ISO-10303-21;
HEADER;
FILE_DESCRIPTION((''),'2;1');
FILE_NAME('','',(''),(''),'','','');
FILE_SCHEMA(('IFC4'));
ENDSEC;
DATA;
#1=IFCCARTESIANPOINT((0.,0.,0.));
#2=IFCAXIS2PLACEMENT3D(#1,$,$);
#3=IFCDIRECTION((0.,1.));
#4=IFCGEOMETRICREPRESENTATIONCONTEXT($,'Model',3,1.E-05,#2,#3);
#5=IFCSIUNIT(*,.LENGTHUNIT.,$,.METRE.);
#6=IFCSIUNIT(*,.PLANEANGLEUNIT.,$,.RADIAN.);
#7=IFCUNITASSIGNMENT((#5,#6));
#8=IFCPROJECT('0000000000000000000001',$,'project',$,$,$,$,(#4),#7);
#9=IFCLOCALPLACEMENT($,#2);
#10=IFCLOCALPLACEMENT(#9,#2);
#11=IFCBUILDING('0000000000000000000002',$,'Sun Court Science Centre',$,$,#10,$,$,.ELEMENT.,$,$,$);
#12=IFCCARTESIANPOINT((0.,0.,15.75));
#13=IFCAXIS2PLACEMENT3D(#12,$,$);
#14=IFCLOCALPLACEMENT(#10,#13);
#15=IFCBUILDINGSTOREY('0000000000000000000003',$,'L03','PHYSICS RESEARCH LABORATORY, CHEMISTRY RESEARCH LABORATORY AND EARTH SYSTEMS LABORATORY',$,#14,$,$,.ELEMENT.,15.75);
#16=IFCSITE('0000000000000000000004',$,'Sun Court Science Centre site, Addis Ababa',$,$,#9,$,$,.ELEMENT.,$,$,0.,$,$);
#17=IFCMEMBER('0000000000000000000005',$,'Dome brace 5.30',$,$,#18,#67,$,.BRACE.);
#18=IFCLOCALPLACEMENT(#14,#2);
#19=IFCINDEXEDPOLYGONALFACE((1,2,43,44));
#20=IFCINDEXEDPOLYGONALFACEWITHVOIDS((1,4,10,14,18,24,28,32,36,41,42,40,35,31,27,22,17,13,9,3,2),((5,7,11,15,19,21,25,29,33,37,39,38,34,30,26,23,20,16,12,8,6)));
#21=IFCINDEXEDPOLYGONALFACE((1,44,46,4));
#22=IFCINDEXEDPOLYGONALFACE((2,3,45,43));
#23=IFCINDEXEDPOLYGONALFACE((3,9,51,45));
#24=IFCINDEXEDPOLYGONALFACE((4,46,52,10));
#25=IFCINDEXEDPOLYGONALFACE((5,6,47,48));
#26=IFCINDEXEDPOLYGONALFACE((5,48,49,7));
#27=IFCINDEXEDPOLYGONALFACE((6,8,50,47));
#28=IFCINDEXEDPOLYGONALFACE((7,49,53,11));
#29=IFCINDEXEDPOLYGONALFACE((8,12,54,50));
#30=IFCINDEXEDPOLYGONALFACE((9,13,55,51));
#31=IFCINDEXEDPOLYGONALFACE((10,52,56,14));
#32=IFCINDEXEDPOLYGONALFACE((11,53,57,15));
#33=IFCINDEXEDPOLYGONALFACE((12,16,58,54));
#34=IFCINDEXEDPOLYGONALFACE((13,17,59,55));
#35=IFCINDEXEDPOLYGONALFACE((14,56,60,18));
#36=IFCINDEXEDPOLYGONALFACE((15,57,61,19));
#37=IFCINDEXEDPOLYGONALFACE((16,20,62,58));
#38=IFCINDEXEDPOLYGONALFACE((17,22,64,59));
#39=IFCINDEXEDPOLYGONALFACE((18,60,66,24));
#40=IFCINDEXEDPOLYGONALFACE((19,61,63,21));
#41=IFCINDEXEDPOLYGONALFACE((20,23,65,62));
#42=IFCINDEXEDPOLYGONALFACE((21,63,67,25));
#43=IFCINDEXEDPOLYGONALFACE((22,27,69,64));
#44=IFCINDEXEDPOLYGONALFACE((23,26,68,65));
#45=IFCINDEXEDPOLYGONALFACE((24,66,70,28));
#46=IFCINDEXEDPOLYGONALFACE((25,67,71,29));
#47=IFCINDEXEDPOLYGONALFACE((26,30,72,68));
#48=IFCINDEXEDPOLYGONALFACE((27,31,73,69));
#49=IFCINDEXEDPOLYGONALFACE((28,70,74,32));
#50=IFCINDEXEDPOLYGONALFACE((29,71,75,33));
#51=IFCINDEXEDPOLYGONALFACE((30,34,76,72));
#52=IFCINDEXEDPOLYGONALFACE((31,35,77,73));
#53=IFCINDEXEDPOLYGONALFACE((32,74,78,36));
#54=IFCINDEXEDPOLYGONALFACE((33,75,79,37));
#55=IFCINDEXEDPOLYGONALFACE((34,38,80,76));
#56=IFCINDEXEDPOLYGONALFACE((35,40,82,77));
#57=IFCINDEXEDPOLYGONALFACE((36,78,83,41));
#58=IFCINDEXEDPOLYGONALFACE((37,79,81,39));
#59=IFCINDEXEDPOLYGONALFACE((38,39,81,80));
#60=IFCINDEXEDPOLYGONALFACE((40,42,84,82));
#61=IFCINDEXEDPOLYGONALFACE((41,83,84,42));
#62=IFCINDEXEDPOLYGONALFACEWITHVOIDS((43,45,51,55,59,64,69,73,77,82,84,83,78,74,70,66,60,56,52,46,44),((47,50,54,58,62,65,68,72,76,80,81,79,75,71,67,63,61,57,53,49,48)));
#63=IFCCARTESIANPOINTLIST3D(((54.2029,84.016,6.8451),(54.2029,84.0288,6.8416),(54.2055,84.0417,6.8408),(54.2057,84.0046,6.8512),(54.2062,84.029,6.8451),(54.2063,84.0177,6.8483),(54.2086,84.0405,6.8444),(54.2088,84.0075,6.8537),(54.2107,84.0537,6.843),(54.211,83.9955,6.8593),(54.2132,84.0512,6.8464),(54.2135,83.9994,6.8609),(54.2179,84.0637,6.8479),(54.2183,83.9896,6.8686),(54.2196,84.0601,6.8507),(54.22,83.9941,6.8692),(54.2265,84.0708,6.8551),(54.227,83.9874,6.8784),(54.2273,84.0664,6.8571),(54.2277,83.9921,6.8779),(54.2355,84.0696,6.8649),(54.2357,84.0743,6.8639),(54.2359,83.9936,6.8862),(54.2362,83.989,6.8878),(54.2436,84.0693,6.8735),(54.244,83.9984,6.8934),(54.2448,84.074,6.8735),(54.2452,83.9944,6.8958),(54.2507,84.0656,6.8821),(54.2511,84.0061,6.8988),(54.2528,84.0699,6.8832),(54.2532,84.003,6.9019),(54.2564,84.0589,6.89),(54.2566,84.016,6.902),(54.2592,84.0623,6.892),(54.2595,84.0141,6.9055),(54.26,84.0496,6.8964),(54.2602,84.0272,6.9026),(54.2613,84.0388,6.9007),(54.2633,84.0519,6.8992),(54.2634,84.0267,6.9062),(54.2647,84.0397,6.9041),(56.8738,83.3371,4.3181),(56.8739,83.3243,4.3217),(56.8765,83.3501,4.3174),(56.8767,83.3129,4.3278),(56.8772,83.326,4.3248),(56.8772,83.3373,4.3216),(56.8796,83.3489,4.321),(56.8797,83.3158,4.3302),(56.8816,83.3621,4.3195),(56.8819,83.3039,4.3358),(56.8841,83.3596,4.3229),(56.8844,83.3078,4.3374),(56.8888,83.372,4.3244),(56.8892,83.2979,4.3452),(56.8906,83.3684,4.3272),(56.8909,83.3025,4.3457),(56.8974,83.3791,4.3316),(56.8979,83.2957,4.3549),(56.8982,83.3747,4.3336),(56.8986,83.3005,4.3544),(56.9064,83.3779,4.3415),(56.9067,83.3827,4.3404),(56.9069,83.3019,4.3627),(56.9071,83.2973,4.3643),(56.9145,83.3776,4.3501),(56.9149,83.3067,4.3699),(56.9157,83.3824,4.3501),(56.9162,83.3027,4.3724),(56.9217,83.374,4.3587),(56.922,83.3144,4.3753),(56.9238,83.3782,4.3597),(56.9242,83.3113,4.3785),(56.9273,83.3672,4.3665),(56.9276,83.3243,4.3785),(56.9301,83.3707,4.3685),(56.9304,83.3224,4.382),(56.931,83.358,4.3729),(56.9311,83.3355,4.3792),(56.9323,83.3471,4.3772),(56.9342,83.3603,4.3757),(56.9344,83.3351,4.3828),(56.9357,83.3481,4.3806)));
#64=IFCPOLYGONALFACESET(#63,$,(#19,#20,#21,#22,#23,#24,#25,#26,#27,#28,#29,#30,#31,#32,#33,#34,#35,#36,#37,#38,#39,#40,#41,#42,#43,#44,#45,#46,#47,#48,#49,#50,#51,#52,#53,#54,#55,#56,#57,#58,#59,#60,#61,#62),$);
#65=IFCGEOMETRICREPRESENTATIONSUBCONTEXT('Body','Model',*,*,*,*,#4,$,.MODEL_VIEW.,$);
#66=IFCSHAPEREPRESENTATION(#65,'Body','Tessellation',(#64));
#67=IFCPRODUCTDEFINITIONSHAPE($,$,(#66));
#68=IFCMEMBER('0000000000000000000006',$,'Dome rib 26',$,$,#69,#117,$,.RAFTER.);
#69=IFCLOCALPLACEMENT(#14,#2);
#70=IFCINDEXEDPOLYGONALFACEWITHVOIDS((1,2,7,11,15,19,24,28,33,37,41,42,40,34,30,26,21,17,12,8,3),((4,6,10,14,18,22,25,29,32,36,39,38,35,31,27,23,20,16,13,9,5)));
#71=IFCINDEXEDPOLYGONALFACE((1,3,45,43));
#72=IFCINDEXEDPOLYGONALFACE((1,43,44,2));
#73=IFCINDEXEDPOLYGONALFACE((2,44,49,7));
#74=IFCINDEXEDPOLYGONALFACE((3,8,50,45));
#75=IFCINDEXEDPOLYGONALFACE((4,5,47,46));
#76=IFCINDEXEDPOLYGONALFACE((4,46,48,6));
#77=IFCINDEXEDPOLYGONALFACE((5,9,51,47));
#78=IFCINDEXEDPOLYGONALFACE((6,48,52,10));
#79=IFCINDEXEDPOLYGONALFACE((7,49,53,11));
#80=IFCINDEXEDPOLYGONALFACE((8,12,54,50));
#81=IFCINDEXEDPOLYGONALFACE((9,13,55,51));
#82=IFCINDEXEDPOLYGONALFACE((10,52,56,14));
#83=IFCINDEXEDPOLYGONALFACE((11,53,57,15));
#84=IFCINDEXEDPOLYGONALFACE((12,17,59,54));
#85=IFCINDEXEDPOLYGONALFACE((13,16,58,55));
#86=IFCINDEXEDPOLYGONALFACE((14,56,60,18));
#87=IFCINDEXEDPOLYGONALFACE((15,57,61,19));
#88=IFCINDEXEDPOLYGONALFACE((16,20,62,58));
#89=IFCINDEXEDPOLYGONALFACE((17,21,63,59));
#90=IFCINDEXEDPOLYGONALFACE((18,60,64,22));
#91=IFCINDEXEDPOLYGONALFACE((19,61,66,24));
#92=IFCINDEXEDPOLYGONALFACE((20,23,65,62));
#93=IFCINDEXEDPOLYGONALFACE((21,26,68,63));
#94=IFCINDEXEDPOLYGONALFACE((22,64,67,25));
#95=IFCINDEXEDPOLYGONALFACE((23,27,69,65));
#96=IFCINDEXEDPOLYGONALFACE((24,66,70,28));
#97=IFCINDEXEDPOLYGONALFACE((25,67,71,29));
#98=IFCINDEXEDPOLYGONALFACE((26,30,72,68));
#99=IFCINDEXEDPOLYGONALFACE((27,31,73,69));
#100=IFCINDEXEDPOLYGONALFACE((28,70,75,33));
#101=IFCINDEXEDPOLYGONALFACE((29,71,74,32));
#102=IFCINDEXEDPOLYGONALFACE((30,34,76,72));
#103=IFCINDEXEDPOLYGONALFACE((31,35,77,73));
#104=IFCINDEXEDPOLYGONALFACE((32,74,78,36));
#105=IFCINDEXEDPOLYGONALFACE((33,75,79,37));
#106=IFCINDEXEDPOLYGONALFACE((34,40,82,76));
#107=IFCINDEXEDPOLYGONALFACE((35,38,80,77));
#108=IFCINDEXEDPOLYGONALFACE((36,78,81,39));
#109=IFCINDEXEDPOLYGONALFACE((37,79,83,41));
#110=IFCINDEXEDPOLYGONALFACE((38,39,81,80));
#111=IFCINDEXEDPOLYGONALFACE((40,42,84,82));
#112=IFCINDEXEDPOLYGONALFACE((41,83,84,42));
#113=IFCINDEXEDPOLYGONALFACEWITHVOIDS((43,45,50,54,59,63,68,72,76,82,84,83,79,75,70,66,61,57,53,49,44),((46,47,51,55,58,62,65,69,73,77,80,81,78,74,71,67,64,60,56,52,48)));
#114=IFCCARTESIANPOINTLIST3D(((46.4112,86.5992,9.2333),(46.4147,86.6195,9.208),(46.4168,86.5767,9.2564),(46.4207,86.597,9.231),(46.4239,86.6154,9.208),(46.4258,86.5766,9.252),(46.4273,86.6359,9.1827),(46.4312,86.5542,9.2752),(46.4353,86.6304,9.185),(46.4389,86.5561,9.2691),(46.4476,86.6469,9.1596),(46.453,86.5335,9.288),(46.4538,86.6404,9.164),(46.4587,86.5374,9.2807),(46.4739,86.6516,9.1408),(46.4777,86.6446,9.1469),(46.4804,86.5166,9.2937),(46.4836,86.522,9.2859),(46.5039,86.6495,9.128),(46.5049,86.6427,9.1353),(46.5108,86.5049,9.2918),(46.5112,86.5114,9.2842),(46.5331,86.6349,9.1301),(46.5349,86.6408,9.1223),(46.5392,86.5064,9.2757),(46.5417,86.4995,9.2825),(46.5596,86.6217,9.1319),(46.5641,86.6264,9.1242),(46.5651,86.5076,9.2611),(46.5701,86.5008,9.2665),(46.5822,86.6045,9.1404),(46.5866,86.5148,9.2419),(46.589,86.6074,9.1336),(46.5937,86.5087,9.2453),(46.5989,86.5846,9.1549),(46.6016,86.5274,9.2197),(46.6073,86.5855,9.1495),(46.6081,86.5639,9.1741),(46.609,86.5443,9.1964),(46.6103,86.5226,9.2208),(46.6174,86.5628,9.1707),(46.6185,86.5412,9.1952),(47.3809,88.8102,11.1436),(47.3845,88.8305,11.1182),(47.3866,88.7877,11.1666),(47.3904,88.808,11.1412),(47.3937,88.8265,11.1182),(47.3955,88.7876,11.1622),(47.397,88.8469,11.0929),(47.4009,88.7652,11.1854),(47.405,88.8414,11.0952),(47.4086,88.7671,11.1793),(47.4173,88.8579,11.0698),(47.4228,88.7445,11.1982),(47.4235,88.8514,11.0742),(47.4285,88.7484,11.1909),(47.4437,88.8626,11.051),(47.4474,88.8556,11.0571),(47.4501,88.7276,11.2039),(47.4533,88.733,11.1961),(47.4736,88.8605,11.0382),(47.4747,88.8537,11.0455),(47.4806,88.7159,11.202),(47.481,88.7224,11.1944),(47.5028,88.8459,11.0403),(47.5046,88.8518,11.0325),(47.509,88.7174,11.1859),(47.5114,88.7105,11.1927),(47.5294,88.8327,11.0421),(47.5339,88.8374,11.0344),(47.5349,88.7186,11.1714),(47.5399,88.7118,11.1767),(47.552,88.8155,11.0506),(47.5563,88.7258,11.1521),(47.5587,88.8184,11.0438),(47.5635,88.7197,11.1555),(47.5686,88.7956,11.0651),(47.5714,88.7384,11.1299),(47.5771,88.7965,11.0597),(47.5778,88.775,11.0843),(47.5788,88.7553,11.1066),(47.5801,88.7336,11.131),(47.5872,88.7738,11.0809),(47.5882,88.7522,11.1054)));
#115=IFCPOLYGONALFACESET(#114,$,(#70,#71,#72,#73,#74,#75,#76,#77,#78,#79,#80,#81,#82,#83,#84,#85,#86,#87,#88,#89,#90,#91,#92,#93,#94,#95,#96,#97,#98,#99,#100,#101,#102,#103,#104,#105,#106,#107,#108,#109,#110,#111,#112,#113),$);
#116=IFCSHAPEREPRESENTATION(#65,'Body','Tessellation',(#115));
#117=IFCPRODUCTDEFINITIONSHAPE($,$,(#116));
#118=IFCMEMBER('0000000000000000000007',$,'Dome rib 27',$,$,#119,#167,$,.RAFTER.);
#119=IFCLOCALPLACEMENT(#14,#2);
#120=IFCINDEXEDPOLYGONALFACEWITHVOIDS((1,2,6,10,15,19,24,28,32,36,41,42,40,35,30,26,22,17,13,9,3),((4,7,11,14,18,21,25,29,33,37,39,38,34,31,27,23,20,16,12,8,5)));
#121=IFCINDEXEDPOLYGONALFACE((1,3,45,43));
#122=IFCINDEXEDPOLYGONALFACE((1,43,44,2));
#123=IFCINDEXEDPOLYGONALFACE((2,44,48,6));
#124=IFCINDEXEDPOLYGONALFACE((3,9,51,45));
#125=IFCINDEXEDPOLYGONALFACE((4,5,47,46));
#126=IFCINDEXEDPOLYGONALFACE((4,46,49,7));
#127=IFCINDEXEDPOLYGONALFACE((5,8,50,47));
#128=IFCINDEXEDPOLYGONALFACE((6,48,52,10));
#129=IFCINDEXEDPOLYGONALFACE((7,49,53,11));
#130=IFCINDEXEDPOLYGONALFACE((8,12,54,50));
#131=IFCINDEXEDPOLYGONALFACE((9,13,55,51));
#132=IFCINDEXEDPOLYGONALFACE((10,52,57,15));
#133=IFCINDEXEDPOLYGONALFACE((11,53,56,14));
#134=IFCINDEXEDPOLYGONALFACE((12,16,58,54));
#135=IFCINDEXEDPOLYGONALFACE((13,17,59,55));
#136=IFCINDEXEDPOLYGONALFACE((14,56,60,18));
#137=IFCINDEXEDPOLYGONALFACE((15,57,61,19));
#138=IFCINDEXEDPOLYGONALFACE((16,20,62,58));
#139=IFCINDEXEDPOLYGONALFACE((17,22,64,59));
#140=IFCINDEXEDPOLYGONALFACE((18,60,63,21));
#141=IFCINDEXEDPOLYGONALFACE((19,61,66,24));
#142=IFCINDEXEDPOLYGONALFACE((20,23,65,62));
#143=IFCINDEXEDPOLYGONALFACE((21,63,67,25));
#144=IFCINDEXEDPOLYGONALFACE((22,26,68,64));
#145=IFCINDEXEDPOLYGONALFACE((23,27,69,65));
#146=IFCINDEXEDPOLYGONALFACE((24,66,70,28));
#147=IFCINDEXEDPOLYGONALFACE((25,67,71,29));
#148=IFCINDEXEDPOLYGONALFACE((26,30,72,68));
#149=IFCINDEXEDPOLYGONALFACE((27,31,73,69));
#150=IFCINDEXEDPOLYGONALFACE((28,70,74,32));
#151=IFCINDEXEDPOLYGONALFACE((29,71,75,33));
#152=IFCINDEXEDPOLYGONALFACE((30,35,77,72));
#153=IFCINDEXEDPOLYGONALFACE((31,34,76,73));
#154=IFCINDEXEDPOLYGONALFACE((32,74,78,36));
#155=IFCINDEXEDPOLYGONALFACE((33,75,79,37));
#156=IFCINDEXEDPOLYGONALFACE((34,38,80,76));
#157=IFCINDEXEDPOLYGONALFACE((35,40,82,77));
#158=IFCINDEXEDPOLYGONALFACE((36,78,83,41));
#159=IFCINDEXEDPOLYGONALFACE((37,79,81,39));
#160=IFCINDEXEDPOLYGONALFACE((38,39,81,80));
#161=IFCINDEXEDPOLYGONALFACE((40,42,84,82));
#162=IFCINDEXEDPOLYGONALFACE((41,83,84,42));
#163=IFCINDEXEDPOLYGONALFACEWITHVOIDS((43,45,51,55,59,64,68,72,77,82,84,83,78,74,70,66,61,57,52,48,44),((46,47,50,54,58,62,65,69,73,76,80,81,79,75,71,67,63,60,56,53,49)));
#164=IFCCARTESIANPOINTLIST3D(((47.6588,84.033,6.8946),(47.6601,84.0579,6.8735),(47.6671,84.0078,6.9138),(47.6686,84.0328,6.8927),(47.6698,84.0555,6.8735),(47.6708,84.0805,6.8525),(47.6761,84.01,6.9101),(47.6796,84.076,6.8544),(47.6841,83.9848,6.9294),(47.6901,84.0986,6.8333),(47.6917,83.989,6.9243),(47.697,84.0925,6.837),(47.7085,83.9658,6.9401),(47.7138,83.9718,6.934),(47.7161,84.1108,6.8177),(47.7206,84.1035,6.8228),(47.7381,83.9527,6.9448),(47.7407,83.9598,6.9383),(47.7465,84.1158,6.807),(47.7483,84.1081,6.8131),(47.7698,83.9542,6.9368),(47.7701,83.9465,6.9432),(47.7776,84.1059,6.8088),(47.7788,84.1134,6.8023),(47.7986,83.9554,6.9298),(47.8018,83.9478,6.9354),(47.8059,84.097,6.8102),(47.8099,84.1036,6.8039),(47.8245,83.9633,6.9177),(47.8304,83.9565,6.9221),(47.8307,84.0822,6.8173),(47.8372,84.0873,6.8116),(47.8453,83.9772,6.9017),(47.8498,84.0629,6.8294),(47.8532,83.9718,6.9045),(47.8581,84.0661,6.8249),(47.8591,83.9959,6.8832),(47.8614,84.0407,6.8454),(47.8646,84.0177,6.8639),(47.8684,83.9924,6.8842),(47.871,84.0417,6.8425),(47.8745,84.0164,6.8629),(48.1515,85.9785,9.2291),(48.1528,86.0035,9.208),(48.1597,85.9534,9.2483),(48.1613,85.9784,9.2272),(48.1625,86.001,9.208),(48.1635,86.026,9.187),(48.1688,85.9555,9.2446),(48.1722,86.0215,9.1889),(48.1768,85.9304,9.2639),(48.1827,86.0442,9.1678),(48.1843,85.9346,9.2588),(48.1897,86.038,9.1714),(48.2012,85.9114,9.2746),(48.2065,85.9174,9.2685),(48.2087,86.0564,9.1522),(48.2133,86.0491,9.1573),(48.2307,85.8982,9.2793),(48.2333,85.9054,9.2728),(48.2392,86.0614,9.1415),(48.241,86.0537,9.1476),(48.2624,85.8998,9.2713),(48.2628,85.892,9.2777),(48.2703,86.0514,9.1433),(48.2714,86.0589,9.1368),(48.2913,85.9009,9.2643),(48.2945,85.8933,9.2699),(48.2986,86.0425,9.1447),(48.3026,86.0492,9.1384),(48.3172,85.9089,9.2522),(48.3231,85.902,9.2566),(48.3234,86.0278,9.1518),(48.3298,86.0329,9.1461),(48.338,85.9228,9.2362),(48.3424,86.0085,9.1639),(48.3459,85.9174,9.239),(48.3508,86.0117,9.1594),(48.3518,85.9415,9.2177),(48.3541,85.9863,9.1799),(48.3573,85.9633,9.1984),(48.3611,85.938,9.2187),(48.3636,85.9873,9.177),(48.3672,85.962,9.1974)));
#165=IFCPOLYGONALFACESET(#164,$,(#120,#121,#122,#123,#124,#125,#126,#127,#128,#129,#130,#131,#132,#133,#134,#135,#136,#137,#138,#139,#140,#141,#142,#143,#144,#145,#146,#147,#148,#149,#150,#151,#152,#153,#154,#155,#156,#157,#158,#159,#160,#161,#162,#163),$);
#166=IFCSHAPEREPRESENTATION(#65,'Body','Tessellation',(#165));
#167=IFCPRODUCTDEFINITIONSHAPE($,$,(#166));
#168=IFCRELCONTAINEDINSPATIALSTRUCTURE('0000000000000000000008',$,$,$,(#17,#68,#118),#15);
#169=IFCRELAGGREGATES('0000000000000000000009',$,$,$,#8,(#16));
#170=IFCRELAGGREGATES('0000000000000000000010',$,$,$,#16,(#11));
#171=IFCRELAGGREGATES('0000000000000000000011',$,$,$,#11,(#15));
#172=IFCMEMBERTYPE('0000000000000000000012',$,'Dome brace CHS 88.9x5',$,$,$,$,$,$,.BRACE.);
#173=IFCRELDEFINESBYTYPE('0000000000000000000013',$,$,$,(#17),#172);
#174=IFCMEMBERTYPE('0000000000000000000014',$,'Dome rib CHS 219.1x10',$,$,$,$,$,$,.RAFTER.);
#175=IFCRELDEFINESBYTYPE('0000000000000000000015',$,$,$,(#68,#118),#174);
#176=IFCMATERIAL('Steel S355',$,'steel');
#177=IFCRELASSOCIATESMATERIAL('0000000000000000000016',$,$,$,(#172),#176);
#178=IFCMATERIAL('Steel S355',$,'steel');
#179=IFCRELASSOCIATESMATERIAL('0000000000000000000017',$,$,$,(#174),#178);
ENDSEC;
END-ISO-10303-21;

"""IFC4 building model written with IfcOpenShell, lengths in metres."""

from ifc_helpers import new_model, si_unit, direction, frame, origin, origin_2d, place, context, subcontext, project, spatial, hollow_circle, extrude, material, material_profile, profile_set, type_object, element, save


model = new_model("IFC4")

# Units and contexts
model_context = context("Model", 3, precision=1e-05, world=origin(), true_north=direction((0.0, 1.0)))
body_context = subcontext(model_context, "Body", "Model", "MODEL_VIEW")
ifc_project = project(units=[si_unit("LENGTHUNIT", "METRE"), si_unit("PLANEANGLEUNIT", "RADIAN")], contexts=[model_context])

# Site, building, storey
site_placement = place(None, origin())
site = spatial("IfcSite", under=ifc_project, at=site_placement, Name="Sun Court Science Centre site, Addis Ababa", CompositionType="ELEMENT", RefElevation=0.0)
building_placement = place(site_placement, origin())
building = spatial("IfcBuilding", under=site, at=building_placement, Name="Sun Court Science Centre", CompositionType="ELEMENT")
storey_placement = place(building_placement, frame((0.0, 0.0, 15.75)))
storey = spatial("IfcBuildingStorey", under=building, at=storey_placement, Name="L03", Description="PHYSICS RESEARCH LABORATORY, CHEMISTRY RESEARCH LABORATORY AND EARTH SYSTEMS LABORATORY", CompositionType="ELEMENT", Elevation=15.75)

# Members
ifc_material_1 = material(Name="Steel S355", Category="steel")
ifc_material_profile_1 = material_profile(ifc_material_1, hollow_circle(Radius=0.0444, WallThickness=0.0049, at=origin_2d()), Name="CHS 88.9x5")
ifc_profile_set_1 = profile_set([ifc_material_profile_1], Name="Steel S355")
member_type_1 = type_object("IfcMemberType", Name="Dome brace CHS 88.9x5", PredefinedType="BRACE", material=ifc_profile_set_1)
member_1_placement = place(storey_placement, frame((54.2336, 84.031, 6.8735), z_axis=(0.714343, -0.184985, -0.674904), x_axis=(0.250689, 0.968068, 0.0)))
element("IfcMember", 1, at=member_1_placement, inside=storey, type_object=member_type_1, Name="Dome brace 5.30", PredefinedType="BRACE", context=body_context, shape_type="SweptSolid", body=[
    extrude(hollow_circle(Radius=0.0444, WallThickness=0.0049, at=origin_2d()), origin(), (0.0, 0.0, 1.0), 3.739),
])
ifc_material_2 = material(Name="Steel S355", Category="steel")
ifc_material_profile_2 = material_profile(ifc_material_2, hollow_circle(Radius=0.1096, WallThickness=0.01, at=origin_2d()), Name="CHS 219.1x10")
ifc_profile_set_2 = profile_set([ifc_material_profile_2], Name="Steel S355")
member_type_2 = type_object("IfcMemberType", Name="Dome rib CHS 219.1x10", PredefinedType="RAFTER", material=ifc_profile_set_2)
for number, where, z_axis, x_axis, name in (
    (2, (46.5151, 86.5754, 9.208), (0.314997, 0.718181, 0.620478), (-0.915786, 0.401667, 0.0), "Dome rib 26"),
    (3, (47.7664, 84.031, 6.8735), (0.160033, 0.631965, 0.758294), (-0.969401, 0.245483, 0.0), "Dome rib 27"),
):
    element("IfcMember", number, at=place(storey_placement, frame(where, z_axis=z_axis, x_axis=x_axis)), inside=storey, type_object=member_type_2, Name=name, PredefinedType="RAFTER", context=body_context, shape_type="SweptSolid", body=[
        extrude(hollow_circle(Radius=0.1096, WallThickness=0.01, at=origin_2d()), origin(), (0.0, 0.0, 1.0), 3.0786),
    ])

save(model, "model.ifc")
